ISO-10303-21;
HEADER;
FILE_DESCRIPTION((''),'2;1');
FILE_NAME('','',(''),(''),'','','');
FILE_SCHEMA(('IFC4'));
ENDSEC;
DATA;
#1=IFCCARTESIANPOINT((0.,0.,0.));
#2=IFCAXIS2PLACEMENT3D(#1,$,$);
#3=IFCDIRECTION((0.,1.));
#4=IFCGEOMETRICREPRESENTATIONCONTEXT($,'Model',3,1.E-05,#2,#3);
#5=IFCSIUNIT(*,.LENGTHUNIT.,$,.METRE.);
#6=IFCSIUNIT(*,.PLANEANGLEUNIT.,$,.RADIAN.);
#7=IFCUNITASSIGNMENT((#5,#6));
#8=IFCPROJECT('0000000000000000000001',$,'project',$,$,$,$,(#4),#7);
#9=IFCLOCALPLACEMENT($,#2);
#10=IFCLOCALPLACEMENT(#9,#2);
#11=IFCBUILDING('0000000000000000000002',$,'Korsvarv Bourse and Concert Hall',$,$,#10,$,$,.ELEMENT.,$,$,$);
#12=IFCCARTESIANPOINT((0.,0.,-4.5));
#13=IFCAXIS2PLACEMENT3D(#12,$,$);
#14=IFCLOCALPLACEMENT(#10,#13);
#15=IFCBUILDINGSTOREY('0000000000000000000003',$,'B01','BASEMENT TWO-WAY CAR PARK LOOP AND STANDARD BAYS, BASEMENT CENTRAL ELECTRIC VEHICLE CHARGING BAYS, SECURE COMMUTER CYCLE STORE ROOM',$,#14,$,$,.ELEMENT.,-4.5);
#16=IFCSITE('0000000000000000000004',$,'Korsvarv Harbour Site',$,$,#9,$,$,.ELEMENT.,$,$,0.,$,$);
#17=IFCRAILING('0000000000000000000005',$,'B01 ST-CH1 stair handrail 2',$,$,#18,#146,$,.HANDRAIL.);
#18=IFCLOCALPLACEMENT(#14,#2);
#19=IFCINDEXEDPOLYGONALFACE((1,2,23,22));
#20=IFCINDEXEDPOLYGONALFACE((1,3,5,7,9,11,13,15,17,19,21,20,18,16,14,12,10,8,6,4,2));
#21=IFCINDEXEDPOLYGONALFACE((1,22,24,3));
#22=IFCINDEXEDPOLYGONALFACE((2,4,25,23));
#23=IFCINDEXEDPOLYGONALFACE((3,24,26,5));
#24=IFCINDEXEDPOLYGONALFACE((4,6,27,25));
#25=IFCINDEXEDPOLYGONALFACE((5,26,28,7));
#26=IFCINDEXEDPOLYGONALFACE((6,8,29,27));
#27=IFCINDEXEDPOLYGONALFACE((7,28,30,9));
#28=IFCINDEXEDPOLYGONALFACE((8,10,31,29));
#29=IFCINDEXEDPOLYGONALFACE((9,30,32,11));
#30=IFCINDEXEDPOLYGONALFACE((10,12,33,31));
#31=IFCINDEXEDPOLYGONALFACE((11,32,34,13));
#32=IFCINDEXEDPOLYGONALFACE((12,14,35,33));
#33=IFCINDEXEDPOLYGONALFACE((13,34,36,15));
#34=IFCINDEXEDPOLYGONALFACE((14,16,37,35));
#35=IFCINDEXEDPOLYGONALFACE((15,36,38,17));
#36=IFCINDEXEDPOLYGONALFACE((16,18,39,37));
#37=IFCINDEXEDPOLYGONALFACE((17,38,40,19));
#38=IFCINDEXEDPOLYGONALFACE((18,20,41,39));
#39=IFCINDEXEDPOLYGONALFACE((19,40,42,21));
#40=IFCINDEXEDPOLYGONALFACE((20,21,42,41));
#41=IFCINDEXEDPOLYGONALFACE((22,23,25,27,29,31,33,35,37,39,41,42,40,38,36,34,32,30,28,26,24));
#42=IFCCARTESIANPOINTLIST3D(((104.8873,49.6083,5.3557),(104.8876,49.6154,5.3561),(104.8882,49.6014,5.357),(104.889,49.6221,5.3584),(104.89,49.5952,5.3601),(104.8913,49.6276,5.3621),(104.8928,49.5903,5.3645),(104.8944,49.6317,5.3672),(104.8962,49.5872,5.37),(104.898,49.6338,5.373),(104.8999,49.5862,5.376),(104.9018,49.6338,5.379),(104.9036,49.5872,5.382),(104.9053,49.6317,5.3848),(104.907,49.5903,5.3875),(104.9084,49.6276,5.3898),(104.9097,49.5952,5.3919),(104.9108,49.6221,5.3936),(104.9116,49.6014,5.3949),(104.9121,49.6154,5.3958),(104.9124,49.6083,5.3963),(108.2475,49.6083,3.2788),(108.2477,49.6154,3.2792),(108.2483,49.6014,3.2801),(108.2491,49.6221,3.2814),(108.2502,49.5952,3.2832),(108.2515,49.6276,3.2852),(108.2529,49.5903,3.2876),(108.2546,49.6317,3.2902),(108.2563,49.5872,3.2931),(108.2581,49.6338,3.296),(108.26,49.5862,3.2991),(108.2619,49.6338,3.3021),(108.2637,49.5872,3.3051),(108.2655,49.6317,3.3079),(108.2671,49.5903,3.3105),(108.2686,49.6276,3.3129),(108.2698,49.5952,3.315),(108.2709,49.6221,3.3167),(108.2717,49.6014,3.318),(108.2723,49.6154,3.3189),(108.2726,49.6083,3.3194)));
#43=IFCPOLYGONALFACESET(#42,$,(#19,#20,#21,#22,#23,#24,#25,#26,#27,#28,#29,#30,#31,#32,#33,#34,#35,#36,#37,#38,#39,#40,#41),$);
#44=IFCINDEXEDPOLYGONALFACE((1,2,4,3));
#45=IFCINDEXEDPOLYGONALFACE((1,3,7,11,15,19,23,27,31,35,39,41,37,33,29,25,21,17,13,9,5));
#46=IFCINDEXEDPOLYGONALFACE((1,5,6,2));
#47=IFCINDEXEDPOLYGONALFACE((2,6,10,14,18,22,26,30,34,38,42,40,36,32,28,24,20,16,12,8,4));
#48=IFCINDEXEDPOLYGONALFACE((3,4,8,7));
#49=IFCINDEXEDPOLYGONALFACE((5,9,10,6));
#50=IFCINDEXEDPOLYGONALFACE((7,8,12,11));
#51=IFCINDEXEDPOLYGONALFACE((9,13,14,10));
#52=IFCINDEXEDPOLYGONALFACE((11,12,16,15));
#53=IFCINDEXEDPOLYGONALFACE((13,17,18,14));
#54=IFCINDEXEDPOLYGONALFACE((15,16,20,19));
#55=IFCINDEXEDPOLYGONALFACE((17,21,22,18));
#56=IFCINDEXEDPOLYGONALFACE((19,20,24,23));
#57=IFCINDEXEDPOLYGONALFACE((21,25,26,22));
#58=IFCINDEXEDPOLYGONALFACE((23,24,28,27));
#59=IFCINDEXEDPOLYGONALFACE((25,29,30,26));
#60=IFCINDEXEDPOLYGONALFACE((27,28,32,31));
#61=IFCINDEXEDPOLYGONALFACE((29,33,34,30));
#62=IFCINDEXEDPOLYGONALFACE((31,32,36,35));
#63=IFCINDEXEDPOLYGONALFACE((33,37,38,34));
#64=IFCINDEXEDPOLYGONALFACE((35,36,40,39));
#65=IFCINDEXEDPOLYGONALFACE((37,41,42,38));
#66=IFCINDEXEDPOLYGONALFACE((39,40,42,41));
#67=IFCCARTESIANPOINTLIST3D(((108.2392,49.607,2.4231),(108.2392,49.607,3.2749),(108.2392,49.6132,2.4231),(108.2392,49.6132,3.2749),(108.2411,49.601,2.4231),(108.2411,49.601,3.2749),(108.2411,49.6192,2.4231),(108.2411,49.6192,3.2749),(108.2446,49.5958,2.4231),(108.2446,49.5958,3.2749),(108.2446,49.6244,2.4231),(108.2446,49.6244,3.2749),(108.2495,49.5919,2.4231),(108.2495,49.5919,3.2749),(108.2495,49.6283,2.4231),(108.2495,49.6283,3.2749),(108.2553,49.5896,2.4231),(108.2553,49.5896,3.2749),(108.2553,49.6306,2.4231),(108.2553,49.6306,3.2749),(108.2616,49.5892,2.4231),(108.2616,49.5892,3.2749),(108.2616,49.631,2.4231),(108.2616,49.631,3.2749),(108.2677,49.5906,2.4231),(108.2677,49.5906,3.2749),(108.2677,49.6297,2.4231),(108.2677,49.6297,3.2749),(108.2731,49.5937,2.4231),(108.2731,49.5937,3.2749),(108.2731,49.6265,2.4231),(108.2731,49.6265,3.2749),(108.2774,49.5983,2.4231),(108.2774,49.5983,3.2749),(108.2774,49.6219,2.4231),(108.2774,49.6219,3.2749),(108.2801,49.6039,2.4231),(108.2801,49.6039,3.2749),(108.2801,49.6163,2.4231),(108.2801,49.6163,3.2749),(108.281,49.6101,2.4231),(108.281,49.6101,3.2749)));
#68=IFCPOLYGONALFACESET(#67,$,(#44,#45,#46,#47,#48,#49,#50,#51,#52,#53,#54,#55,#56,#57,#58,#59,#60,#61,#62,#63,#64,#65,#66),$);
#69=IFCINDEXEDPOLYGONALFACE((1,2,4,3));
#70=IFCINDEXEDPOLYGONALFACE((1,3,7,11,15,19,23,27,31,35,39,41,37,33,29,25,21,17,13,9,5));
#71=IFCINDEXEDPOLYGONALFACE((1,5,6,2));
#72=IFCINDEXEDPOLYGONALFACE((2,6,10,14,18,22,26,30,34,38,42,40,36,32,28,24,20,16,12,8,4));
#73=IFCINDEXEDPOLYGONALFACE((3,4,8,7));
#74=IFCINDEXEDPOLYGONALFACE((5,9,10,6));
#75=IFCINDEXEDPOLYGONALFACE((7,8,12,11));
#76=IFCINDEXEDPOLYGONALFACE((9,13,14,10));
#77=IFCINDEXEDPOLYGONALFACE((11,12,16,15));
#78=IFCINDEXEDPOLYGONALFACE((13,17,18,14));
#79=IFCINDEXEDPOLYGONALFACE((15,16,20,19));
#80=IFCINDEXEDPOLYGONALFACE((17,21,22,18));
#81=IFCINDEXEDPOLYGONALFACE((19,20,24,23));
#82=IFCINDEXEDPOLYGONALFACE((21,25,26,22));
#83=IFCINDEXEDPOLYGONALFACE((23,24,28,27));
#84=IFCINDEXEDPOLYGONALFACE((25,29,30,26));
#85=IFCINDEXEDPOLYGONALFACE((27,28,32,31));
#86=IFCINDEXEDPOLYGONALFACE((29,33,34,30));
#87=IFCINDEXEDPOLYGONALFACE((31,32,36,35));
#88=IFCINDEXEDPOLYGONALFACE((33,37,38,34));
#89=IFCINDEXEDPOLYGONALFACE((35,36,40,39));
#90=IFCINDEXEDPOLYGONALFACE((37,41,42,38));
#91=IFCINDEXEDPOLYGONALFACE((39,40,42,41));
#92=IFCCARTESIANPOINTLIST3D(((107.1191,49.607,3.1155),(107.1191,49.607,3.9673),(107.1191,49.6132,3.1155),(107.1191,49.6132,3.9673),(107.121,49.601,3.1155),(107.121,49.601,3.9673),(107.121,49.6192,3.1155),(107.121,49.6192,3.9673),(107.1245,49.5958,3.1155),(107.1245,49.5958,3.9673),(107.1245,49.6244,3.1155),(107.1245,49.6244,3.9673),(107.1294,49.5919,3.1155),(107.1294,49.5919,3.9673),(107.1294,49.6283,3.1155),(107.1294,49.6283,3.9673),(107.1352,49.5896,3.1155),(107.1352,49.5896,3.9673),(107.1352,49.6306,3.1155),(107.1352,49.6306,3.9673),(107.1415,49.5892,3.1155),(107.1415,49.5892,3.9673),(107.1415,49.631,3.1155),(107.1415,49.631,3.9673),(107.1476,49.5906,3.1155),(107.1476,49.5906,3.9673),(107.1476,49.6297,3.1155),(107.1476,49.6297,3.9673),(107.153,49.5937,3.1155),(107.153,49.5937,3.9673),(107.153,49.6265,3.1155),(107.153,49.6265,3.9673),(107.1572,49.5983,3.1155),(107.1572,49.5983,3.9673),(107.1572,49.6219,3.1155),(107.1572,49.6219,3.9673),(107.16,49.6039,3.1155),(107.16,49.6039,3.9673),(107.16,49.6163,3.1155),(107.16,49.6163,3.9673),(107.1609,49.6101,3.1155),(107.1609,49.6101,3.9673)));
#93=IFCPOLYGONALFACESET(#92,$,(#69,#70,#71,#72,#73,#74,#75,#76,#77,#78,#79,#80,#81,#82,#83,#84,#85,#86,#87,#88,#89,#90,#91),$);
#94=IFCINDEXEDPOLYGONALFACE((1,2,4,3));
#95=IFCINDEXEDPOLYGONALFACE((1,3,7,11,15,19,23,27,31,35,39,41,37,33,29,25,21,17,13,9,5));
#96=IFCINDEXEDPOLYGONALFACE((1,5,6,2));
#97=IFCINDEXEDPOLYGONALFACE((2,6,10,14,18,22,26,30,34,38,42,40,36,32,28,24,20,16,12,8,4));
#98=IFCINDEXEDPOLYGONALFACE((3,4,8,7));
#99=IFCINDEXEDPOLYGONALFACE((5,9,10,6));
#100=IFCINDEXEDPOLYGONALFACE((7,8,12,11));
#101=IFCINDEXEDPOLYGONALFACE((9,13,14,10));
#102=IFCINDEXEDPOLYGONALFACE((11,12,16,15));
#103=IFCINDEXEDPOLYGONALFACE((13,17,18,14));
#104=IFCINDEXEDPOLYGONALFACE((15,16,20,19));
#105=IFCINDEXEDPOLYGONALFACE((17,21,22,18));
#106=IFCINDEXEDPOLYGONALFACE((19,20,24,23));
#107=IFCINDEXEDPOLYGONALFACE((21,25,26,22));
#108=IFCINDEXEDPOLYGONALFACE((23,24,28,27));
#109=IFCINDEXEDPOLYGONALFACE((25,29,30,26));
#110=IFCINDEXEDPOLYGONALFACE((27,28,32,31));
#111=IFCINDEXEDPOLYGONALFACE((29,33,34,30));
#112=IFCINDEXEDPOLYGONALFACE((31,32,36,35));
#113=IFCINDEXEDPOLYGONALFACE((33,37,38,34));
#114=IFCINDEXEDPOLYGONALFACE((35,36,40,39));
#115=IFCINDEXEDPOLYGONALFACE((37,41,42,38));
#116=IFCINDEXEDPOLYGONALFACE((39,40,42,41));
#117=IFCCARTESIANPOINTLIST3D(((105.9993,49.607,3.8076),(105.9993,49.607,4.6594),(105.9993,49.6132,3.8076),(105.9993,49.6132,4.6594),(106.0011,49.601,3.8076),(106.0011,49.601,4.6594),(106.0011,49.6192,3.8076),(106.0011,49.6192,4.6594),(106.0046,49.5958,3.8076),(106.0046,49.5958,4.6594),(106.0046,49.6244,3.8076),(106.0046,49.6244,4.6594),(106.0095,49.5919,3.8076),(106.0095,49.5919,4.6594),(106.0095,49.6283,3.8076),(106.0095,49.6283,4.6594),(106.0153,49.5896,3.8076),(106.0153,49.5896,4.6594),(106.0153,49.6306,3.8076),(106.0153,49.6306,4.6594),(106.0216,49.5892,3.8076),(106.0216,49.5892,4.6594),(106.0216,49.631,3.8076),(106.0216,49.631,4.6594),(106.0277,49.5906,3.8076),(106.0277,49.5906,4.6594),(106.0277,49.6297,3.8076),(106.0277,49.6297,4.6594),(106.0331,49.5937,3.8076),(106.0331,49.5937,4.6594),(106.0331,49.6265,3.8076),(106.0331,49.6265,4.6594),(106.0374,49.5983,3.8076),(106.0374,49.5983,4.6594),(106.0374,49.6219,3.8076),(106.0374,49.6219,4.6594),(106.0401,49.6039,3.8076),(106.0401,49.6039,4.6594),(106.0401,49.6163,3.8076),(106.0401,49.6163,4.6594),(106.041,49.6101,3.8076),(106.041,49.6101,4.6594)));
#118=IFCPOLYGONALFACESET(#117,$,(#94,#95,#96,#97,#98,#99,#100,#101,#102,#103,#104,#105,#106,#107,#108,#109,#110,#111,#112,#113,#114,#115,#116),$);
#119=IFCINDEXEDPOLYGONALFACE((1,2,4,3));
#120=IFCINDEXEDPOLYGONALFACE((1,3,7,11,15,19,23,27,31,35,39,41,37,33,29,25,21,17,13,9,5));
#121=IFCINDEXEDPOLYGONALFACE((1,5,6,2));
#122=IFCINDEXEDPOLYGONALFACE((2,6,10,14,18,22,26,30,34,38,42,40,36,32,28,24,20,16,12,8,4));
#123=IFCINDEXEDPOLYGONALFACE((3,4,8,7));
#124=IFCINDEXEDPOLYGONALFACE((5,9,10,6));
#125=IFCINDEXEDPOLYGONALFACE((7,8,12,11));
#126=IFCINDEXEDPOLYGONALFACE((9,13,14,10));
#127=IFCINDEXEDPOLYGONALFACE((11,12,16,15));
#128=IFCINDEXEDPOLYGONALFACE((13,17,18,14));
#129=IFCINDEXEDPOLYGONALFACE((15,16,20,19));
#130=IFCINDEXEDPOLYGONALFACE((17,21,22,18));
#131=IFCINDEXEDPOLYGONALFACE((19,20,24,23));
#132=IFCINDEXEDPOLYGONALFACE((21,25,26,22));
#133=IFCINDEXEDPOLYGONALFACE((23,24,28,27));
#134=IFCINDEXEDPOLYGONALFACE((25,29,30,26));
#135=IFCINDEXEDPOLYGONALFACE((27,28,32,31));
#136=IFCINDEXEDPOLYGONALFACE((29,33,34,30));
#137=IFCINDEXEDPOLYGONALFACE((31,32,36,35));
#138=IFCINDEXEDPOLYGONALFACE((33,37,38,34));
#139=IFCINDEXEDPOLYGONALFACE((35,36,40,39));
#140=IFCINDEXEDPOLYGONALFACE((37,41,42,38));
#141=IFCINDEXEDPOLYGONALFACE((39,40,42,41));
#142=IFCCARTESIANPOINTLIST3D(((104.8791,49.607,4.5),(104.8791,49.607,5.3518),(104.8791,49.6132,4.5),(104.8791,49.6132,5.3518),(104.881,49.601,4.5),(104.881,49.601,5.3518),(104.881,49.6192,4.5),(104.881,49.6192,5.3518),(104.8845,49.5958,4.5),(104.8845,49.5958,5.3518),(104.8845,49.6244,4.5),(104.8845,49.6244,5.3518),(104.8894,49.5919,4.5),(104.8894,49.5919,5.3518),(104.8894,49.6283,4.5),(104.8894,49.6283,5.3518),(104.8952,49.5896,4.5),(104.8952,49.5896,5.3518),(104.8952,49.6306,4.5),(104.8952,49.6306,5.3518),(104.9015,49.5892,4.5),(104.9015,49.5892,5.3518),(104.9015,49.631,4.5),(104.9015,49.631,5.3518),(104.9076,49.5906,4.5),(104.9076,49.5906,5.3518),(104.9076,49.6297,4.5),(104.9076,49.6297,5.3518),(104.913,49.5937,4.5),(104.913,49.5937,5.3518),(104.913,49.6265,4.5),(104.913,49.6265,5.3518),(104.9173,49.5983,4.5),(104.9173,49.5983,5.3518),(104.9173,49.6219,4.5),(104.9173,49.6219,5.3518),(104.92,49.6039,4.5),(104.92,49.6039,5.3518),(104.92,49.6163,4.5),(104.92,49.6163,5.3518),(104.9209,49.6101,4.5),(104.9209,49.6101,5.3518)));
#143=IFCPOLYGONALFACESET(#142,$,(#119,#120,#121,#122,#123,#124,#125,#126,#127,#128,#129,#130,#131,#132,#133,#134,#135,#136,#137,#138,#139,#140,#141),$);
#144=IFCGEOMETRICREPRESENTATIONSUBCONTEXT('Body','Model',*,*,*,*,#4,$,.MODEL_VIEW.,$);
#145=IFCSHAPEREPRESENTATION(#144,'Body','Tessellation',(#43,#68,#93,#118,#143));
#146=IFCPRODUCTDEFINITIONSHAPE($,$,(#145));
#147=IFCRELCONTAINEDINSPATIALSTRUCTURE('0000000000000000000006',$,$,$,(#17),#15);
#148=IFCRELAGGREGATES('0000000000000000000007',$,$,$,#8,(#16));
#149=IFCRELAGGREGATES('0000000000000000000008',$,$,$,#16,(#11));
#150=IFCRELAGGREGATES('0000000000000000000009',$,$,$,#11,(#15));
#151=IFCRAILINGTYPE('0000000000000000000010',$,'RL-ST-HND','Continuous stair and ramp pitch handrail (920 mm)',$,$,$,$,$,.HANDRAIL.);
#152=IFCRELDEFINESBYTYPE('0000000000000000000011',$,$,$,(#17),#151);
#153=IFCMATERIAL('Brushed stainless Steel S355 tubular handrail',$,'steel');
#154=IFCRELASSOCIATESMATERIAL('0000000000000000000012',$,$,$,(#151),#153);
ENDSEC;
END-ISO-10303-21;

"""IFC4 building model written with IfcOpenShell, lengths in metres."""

from ifc_helpers import new_model, si_unit, direction, frame, origin, origin_2d, place, context, subcontext, project, spatial, circle, extrude, material, type_object, element, save


model = new_model("IFC4")

# Units and contexts
model_context = context("Model", 3, precision=1e-05, world=origin(), true_north=direction((0.0, 1.0)))
body_context = subcontext(model_context, "Body", "Model", "MODEL_VIEW")
ifc_project = project(units=[si_unit("LENGTHUNIT", "METRE"), si_unit("PLANEANGLEUNIT", "RADIAN")], contexts=[model_context])

# Site, building, storey
site_placement = place(None, origin())
site = spatial("IfcSite", under=ifc_project, at=site_placement, Name="Korsvarv Harbour Site", CompositionType="ELEMENT", RefElevation=0.0)
building_placement = place(site_placement, origin())
building = spatial("IfcBuilding", under=site, at=building_placement, Name="Korsvarv Bourse and Concert Hall", CompositionType="ELEMENT")
storey_placement = place(building_placement, frame((0.0, 0.0, -4.5)))
storey = spatial("IfcBuildingStorey", under=building, at=storey_placement, Name="B01", Description="BASEMENT TWO-WAY CAR PARK LOOP AND STANDARD BAYS, BASEMENT CENTRAL ELECTRIC VEHICLE CHARGING BAYS, SECURE COMMUTER CYCLE STORE ROOM", CompositionType="ELEMENT", Elevation=-4.5)

# Railing
ifc_material_1 = material(Name="Brushed stainless Steel S355 tubular handrail", Category="steel")
railing_type_1 = type_object("IfcRailingType", Name="RL-ST-HND", Description="Continuous stair and ramp pitch handrail (920 mm)", PredefinedType="HANDRAIL", material=ifc_material_1)
railing_1_placement = place(storey_placement, frame((108.26, 49.6101, 2.4231)))
element("IfcRailing", 1, at=railing_1_placement, inside=storey, type_object=railing_type_1, Name="B01 ST-CH1 stair handrail 2", PredefinedType="HANDRAIL", context=body_context, shape_type="SweptSolid", body=[
    extrude(circle(Radius=0.0239, at=origin_2d()), frame((0.0, 0.0, 0.876), z_axis=(-0.850623, 0.0, 0.525776), x_axis=(0.0, -1.0, 0.0)), (0.0, 0.0, 1.0), 3.9502),
    extrude(circle(Radius=0.021, at=origin_2d()), origin(), (0.0, 0.0, 1.0), 0.8518),
    extrude(circle(Radius=0.021, at=origin_2d()), frame((-1.1201, 0.0, 0.6924)), (0.0, 0.0, 1.0), 0.8518),
    extrude(circle(Radius=0.021, at=origin_2d()), frame((-2.24, 0.0, 1.3845)), (0.0, 0.0, 1.0), 0.8518),
    extrude(circle(Radius=0.021, at=origin_2d()), frame((-3.3601, 0.0, 2.0769)), (0.0, 0.0, 1.0), 0.8518),
])

save(model, "model.ifc")
